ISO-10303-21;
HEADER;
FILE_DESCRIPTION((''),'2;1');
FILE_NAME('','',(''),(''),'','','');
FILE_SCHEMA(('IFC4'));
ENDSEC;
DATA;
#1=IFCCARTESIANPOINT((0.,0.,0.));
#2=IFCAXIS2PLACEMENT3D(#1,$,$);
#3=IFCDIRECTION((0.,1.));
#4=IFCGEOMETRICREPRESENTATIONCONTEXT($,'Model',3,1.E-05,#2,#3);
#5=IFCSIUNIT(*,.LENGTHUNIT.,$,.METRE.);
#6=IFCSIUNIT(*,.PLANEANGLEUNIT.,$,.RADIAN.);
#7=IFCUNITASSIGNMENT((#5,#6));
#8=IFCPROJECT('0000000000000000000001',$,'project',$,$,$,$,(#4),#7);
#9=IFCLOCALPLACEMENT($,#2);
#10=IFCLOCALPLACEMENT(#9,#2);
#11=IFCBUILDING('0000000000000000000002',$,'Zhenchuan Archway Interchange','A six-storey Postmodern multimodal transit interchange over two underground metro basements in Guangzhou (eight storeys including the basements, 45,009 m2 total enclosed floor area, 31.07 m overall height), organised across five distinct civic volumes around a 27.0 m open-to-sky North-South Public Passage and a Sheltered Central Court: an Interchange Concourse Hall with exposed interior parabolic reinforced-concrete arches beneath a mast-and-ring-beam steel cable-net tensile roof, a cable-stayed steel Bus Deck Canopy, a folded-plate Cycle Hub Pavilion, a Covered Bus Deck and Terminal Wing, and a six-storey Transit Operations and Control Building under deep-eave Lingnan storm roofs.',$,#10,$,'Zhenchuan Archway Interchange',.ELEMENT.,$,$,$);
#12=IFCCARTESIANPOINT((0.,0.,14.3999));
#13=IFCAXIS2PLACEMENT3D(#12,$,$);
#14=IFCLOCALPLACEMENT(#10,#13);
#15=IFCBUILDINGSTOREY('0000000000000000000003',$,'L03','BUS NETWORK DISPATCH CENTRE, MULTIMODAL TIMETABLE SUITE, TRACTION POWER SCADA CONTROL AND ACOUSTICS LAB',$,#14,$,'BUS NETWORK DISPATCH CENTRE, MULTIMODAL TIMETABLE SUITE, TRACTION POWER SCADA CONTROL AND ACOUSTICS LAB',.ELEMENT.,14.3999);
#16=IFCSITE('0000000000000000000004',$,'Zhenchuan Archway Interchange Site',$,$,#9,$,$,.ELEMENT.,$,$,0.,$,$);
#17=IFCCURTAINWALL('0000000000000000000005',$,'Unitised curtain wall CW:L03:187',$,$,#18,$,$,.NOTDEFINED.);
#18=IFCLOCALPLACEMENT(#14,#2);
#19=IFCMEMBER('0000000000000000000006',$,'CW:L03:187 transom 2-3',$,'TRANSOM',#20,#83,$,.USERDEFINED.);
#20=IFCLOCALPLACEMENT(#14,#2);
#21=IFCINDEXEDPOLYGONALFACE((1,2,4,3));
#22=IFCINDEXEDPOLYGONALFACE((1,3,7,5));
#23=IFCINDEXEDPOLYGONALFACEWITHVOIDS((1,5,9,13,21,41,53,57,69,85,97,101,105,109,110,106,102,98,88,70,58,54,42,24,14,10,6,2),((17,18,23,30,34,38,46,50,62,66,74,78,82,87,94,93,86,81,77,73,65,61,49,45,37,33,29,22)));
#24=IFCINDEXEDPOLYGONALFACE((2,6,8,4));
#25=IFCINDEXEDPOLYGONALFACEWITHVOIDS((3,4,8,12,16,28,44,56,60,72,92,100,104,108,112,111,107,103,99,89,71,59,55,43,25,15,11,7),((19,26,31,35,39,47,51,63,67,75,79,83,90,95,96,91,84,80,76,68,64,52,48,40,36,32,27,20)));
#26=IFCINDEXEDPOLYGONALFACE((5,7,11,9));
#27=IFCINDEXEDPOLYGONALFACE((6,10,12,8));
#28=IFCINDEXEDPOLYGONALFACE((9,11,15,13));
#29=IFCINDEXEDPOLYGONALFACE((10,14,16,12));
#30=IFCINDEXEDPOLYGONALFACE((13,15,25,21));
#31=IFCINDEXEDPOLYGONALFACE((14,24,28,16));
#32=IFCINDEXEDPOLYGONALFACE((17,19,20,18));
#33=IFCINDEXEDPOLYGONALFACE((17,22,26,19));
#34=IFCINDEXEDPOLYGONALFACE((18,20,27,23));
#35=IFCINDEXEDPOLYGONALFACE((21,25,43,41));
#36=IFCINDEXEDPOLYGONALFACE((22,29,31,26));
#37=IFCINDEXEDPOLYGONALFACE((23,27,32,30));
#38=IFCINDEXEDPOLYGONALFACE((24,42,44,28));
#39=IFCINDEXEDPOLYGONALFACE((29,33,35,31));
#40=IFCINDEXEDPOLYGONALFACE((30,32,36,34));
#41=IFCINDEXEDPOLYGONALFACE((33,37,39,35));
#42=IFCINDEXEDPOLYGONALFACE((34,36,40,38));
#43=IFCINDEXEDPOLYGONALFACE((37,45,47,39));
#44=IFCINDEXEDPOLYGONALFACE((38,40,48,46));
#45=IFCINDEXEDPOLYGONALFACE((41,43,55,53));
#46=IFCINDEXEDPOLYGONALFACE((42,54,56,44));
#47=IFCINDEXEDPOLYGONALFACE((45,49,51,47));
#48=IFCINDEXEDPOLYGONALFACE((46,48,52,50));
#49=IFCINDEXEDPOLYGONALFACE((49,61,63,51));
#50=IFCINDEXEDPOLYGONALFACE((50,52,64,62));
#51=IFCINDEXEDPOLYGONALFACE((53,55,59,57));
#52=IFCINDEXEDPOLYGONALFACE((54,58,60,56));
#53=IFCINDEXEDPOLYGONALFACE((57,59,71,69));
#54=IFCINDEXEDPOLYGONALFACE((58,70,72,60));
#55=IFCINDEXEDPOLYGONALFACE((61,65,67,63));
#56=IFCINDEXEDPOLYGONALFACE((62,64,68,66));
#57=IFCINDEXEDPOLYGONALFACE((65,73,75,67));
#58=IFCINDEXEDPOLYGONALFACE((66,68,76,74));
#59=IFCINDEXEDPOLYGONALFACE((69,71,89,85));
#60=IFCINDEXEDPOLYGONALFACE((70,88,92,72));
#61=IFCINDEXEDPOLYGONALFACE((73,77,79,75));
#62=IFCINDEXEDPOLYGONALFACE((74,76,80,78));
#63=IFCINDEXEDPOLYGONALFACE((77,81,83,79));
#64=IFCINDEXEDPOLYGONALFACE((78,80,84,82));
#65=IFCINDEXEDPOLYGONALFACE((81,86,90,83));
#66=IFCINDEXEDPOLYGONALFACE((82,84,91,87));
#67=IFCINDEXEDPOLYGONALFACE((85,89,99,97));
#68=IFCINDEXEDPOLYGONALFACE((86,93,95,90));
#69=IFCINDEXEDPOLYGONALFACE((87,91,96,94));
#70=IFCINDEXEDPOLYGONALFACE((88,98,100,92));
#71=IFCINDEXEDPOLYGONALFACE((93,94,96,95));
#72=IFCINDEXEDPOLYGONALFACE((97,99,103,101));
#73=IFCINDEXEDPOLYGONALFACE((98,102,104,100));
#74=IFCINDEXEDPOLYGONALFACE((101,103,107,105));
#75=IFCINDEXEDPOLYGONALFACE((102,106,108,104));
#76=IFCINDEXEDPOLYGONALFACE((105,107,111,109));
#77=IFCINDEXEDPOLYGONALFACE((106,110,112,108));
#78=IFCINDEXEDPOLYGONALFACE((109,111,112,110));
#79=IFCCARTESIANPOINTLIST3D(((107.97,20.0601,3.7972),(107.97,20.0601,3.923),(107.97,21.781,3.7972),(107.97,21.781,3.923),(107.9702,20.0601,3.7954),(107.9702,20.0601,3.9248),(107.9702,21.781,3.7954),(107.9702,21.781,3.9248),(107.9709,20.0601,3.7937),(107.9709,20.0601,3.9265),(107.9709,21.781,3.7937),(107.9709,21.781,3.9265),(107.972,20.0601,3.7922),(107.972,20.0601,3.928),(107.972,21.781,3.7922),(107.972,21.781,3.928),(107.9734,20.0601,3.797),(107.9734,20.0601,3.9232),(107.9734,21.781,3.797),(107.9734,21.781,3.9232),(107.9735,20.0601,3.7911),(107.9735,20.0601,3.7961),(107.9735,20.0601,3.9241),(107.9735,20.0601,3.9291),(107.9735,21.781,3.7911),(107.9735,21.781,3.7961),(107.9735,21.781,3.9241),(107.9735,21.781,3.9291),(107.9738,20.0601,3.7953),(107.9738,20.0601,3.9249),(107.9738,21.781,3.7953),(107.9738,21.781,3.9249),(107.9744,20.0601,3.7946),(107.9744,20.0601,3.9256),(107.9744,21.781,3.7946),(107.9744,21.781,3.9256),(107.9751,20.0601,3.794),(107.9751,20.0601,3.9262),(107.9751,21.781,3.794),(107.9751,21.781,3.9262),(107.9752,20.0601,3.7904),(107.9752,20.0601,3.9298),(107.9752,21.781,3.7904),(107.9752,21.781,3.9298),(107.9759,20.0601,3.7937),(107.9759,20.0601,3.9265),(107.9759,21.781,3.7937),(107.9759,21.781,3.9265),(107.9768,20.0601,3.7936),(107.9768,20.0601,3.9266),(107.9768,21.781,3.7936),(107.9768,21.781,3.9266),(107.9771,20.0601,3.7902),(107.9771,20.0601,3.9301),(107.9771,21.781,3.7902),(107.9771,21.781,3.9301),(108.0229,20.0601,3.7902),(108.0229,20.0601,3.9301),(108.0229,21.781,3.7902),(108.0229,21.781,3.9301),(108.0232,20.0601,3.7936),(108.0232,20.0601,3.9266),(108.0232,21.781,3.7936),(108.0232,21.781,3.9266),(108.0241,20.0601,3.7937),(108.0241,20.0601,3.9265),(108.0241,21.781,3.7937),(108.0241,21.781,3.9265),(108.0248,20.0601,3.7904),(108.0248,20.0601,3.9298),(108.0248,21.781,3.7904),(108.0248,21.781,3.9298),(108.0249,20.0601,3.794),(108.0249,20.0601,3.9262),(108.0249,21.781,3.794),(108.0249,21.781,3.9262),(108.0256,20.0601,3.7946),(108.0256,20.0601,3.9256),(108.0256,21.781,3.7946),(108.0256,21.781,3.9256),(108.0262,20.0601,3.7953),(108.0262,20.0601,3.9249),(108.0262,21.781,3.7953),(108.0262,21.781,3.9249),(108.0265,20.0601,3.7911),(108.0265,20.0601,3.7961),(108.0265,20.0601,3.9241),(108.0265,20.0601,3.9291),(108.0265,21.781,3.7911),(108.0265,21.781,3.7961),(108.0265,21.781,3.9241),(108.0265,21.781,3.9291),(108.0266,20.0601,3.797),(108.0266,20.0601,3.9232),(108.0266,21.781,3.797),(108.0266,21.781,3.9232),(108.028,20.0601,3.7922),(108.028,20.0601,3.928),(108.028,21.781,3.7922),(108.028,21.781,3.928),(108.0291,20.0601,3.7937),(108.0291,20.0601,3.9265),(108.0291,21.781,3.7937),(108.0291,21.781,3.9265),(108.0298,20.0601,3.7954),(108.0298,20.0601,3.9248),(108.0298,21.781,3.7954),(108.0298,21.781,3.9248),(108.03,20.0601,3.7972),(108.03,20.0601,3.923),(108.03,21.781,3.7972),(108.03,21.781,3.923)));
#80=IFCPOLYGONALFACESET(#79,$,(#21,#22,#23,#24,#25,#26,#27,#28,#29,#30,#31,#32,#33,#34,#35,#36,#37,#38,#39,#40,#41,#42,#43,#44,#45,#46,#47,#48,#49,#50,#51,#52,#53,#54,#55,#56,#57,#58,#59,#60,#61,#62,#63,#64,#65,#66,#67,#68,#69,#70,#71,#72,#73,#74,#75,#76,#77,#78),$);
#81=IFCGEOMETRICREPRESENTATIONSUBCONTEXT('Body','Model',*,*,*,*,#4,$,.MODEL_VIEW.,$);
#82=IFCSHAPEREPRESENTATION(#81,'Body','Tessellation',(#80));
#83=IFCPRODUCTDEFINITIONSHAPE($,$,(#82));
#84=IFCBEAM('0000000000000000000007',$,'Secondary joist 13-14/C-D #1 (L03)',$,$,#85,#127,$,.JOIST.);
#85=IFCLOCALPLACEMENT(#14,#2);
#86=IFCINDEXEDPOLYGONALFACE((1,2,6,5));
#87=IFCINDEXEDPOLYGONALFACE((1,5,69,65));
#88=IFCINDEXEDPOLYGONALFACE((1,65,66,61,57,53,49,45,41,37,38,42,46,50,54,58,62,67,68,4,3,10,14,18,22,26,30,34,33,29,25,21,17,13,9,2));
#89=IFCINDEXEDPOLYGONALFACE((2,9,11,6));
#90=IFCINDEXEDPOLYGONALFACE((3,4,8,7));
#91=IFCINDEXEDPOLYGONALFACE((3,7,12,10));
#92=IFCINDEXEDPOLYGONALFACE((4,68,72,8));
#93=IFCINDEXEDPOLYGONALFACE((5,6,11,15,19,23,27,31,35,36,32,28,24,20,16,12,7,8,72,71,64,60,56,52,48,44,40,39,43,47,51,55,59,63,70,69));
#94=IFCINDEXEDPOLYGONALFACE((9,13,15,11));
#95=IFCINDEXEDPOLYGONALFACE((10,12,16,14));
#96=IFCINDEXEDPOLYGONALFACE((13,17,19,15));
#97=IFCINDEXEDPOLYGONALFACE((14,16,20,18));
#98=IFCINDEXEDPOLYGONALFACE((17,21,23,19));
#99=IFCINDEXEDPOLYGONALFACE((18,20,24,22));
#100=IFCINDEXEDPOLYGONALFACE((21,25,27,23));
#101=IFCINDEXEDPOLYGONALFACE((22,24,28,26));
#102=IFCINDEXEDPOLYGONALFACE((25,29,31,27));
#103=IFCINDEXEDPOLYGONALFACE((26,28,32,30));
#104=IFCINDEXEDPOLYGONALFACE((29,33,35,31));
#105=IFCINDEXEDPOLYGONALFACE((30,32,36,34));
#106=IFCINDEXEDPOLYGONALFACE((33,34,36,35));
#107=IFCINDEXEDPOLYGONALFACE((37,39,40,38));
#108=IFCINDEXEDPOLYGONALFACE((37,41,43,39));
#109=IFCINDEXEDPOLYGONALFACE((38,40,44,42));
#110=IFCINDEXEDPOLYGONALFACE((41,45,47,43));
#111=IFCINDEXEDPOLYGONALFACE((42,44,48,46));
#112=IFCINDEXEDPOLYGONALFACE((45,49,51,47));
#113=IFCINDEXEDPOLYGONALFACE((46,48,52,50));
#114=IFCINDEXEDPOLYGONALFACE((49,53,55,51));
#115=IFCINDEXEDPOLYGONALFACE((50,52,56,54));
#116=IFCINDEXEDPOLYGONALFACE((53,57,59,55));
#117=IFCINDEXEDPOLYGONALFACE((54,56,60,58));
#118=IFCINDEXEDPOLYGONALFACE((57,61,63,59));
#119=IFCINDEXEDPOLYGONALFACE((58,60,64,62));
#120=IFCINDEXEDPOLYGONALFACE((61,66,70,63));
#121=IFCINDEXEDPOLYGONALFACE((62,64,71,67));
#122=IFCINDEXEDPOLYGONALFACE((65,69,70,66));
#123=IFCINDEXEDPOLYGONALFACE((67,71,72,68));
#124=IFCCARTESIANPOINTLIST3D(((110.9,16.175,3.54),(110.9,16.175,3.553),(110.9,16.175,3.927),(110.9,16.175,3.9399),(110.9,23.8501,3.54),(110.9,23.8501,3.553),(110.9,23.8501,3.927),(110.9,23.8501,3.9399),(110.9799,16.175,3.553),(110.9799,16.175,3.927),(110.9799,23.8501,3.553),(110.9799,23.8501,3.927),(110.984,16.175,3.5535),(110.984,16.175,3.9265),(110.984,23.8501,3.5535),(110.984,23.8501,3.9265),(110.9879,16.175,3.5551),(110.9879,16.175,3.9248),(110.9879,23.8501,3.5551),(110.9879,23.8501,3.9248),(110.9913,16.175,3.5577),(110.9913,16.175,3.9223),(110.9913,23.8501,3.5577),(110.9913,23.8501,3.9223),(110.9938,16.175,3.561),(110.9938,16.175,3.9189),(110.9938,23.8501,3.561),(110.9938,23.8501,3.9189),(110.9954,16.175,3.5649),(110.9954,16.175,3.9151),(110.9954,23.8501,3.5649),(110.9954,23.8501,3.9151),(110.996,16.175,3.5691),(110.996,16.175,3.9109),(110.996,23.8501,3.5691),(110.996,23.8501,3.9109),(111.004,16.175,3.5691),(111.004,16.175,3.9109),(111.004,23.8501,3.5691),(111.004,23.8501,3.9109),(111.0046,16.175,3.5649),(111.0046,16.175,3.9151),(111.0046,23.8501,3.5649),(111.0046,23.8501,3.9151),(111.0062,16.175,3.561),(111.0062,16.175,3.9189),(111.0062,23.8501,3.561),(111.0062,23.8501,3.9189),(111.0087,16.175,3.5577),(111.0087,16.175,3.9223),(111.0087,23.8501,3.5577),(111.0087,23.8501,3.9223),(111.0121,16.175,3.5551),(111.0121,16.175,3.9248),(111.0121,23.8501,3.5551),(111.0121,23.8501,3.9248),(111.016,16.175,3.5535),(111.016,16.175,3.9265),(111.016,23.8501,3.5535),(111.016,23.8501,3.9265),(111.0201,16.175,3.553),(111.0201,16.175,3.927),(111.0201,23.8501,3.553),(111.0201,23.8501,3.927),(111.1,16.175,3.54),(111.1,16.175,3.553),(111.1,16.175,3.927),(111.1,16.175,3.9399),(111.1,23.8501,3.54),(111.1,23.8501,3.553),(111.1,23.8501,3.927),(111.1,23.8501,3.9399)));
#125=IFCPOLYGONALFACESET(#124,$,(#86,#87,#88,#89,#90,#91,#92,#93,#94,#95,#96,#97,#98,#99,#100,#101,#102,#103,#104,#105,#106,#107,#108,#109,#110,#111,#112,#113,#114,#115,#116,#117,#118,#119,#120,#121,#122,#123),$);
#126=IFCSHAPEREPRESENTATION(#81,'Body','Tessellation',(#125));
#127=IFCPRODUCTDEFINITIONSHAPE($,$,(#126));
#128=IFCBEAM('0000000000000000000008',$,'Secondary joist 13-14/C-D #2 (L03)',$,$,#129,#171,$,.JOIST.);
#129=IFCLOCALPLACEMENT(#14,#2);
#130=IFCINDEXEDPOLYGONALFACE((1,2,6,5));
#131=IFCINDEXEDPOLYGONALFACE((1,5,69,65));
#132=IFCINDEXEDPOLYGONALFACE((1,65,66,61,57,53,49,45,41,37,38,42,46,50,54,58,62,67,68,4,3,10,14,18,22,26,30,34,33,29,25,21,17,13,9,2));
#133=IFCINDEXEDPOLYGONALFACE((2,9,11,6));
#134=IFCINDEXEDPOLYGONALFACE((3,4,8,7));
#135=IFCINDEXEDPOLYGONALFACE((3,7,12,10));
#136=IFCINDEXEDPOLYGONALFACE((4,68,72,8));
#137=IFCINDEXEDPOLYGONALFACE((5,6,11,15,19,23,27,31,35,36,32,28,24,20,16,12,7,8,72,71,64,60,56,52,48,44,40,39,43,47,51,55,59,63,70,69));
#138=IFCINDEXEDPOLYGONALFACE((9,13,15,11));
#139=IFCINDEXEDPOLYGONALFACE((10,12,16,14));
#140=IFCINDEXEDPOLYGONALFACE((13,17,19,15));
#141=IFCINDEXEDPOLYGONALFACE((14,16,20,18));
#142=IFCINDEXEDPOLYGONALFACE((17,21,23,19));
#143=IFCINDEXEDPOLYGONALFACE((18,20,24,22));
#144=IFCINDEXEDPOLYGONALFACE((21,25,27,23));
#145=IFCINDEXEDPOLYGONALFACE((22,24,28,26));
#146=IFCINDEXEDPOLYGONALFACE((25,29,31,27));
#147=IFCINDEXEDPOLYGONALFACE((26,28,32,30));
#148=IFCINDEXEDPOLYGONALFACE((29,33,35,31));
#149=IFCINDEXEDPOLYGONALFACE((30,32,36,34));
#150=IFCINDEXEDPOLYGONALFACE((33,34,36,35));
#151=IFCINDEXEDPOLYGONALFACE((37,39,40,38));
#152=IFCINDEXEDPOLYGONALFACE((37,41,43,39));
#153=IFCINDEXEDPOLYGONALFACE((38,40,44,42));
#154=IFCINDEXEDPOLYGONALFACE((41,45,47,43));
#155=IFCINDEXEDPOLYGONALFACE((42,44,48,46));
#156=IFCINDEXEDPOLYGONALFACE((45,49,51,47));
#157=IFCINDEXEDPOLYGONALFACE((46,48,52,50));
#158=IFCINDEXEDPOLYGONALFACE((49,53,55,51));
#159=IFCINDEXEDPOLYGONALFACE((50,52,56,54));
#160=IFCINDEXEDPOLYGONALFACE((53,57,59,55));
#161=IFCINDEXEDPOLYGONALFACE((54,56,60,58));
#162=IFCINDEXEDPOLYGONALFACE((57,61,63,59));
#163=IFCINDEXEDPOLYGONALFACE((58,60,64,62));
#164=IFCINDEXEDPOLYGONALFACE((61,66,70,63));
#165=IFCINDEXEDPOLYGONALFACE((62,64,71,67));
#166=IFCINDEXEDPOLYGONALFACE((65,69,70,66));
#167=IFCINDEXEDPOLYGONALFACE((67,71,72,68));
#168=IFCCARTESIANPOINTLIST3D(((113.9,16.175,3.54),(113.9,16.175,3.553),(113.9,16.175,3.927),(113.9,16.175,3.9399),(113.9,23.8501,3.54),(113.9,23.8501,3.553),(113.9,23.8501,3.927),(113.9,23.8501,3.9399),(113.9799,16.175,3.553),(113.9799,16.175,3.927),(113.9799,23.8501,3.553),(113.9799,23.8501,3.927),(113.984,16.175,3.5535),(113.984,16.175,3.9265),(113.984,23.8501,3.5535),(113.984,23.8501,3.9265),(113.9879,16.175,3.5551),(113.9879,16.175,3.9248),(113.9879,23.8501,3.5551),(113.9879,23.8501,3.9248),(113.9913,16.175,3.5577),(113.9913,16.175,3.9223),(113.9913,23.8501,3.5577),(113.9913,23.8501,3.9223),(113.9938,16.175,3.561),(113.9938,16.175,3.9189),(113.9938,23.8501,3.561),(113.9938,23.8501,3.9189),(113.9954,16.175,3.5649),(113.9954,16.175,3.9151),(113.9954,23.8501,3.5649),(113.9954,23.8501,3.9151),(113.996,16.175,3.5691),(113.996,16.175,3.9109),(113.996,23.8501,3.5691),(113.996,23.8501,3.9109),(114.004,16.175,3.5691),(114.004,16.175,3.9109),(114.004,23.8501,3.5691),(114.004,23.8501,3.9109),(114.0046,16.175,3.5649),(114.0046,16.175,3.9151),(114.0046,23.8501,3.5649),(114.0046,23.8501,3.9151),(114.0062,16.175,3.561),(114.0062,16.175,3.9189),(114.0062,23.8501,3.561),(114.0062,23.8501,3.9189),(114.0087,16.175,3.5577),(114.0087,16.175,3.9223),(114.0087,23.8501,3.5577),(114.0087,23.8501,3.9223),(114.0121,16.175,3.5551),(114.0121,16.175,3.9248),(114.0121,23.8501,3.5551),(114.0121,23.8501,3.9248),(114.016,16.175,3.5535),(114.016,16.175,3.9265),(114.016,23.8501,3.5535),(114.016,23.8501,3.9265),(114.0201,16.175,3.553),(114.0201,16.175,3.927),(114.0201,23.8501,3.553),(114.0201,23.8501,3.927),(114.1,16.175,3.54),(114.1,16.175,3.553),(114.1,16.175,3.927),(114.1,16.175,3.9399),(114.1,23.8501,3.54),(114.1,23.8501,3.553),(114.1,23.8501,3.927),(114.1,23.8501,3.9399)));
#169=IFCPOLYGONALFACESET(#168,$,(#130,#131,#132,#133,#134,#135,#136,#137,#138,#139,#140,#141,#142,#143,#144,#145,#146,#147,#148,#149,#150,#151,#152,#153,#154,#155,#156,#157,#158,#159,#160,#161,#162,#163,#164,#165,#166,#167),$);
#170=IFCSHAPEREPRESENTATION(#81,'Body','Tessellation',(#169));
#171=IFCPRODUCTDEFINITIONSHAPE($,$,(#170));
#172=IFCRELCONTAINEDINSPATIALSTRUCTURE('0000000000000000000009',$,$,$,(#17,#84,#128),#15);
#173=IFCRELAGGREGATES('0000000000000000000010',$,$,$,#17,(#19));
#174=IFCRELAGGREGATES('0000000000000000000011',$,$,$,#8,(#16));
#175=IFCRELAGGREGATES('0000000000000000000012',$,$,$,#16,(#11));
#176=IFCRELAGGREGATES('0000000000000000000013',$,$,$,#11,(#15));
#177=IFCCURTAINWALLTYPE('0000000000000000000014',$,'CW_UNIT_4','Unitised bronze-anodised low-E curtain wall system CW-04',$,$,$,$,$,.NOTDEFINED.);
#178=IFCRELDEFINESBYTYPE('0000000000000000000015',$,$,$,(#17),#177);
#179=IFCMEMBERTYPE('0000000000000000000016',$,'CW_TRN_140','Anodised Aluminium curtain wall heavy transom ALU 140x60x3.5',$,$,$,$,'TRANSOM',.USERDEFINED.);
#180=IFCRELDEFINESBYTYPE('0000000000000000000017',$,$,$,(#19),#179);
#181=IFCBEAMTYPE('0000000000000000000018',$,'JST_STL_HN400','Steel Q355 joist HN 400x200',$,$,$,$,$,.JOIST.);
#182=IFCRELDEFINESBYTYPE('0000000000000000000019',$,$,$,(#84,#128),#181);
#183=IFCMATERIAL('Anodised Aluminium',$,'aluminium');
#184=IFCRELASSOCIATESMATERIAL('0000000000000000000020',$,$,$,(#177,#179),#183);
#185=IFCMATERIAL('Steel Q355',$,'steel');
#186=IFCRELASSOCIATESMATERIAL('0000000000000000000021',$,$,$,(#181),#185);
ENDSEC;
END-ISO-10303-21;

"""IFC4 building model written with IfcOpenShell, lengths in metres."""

from ifc_helpers import new_model, si_unit, direction, frame, origin, origin_2d, place, context, subcontext, project, spatial, hollow_rectangle, i_section, extrude, material, material_profile, profile_set, type_object, element, aggregate, save


model = new_model("IFC4")

# Units and contexts
model_context = context("Model", 3, precision=1e-05, world=origin(), true_north=direction((0.0, 1.0)))
body_context = subcontext(model_context, "Body", "Model", "MODEL_VIEW")
ifc_project = project(units=[si_unit("LENGTHUNIT", "METRE"), si_unit("PLANEANGLEUNIT", "RADIAN")], contexts=[model_context])

# Site, building, storey
site_placement = place(None, origin())
site = spatial("IfcSite", under=ifc_project, at=site_placement, Name="Zhenchuan Archway Interchange Site", CompositionType="ELEMENT", RefElevation=0.0)
building_placement = place(site_placement, origin())
building = spatial("IfcBuilding", under=site, at=building_placement, Name="Zhenchuan Archway Interchange", Description="A six-storey Postmodern multimodal transit interchange over two underground metro basements in Guangzhou (eight storeys including the basements, 45,009 m2 total enclosed floor area, 31.07 m overall height), organised across five distinct civic volumes around a 27.0 m open-to-sky North-South Public Passage and a Sheltered Central Court: an Interchange Concourse Hall with exposed interior parabolic reinforced-concrete arches beneath a mast-and-ring-beam steel cable-net tensile roof, a cable-stayed steel Bus Deck Canopy, a folded-plate Cycle Hub Pavilion, a Covered Bus Deck and Terminal Wing, and a six-storey Transit Operations and Control Building under deep-eave Lingnan storm roofs.", LongName="Zhenchuan Archway Interchange", CompositionType="ELEMENT")
storey_placement = place(building_placement, frame((0.0, 0.0, 14.3999)))
storey = spatial("IfcBuildingStorey", under=building, at=storey_placement, Name="L03", Description="BUS NETWORK DISPATCH CENTRE, MULTIMODAL TIMETABLE SUITE, TRACTION POWER SCADA CONTROL AND ACOUSTICS LAB", LongName="BUS NETWORK DISPATCH CENTRE, MULTIMODAL TIMETABLE SUITE, TRACTION POWER SCADA CONTROL AND ACOUSTICS LAB", CompositionType="ELEMENT", Elevation=14.3999)

# Curtain wall, member
ifc_material_1 = material(Name="Anodised Aluminium", Category="aluminium")
curtain_wall_type = type_object("IfcCurtainWallType", Name="CW_UNIT_4", Description="Unitised bronze-anodised low-E curtain wall system CW-04", PredefinedType="NOTDEFINED", material=ifc_material_1)
curtain_wall_placement = place(storey_placement, origin())
curtain_wall = element("IfcCurtainWall", 1, at=curtain_wall_placement, inside=storey, type_object=curtain_wall_type, Name="Unitised curtain wall CW:L03:187", PredefinedType="NOTDEFINED")
ifc_material_profile_1 = material_profile(ifc_material_1, hollow_rectangle(XDim=0.0601, YDim=0.1399, WallThickness=0.0034, InnerFilletRadius=0.0034, OuterFilletRadius=0.0071, at=origin_2d()), Name="ALU 140x60x3.5")
ifc_profile_set_1 = profile_set([ifc_material_profile_1], Name="Anodised Aluminium")
member_type_1 = type_object("IfcMemberType", Name="CW_TRN_140", Description="Anodised Aluminium curtain wall heavy transom ALU 140x60x3.5", ElementType="TRANSOM", PredefinedType="USERDEFINED", material=ifc_profile_set_1)
member_1_placement = place(storey_placement, frame((108.0, 20.0601, 3.8601), z_axis=(0.0, 1.0, 0.0), x_axis=(-1.0, 0.0, 0.0)))
member_1 = element("IfcMember", 2, at=member_1_placement, type_object=member_type_1, Name="CW:L03:187 transom 2-3", ObjectType="TRANSOM", PredefinedType="USERDEFINED", context=body_context, shape_type="SweptSolid", body=[
    extrude(hollow_rectangle(XDim=0.0601, YDim=0.1399, WallThickness=0.0034, InnerFilletRadius=0.0034, OuterFilletRadius=0.0071, at=origin_2d()), origin(), (0.0, 0.0, 1.0), 1.7209),
])

# Beams
ifc_material_2 = material(Name="Steel Q355", Category="steel")
ifc_material_profile_2 = material_profile(ifc_material_2, i_section(OverallWidth=0.2, OverallDepth=0.3999, WebThickness=0.0081, FlangeThickness=0.0129, FilletRadius=0.0161, at=origin_2d()), Name="HN 400x200")
ifc_profile_set_2 = profile_set([ifc_material_profile_2], Name="Steel Q355")
beam_type_1 = type_object("IfcBeamType", Name="JST_STL_HN400", Description="Steel Q355 joist HN 400x200", PredefinedType="JOIST", material=ifc_profile_set_2)
for number, where, z_axis, x_axis, name in (
    (3, (111.0, 16.175, 3.74), (0.0, 1.0, 0.0), (-1.0, 0.0, 0.0), "Secondary joist 13-14/C-D #1 (L03)"),
    (4, (114.0, 16.175, 3.74), (0.0, 1.0, 0.0), (-1.0, 0.0, 0.0), "Secondary joist 13-14/C-D #2 (L03)"),
):
    element("IfcBeam", number, at=place(storey_placement, frame(where, z_axis=z_axis, x_axis=x_axis)), inside=storey, type_object=beam_type_1, Name=name, PredefinedType="JOIST", context=body_context, shape_type="SweptSolid", body=[
        extrude(i_section(OverallWidth=0.2, OverallDepth=0.3999, WebThickness=0.0081, FlangeThickness=0.0129, FilletRadius=0.0161, at=origin_2d()), origin(), (0.0, 0.0, 1.0), 7.675),
    ])

aggregate(curtain_wall, [member_1])

save(model, "model.ifc")
